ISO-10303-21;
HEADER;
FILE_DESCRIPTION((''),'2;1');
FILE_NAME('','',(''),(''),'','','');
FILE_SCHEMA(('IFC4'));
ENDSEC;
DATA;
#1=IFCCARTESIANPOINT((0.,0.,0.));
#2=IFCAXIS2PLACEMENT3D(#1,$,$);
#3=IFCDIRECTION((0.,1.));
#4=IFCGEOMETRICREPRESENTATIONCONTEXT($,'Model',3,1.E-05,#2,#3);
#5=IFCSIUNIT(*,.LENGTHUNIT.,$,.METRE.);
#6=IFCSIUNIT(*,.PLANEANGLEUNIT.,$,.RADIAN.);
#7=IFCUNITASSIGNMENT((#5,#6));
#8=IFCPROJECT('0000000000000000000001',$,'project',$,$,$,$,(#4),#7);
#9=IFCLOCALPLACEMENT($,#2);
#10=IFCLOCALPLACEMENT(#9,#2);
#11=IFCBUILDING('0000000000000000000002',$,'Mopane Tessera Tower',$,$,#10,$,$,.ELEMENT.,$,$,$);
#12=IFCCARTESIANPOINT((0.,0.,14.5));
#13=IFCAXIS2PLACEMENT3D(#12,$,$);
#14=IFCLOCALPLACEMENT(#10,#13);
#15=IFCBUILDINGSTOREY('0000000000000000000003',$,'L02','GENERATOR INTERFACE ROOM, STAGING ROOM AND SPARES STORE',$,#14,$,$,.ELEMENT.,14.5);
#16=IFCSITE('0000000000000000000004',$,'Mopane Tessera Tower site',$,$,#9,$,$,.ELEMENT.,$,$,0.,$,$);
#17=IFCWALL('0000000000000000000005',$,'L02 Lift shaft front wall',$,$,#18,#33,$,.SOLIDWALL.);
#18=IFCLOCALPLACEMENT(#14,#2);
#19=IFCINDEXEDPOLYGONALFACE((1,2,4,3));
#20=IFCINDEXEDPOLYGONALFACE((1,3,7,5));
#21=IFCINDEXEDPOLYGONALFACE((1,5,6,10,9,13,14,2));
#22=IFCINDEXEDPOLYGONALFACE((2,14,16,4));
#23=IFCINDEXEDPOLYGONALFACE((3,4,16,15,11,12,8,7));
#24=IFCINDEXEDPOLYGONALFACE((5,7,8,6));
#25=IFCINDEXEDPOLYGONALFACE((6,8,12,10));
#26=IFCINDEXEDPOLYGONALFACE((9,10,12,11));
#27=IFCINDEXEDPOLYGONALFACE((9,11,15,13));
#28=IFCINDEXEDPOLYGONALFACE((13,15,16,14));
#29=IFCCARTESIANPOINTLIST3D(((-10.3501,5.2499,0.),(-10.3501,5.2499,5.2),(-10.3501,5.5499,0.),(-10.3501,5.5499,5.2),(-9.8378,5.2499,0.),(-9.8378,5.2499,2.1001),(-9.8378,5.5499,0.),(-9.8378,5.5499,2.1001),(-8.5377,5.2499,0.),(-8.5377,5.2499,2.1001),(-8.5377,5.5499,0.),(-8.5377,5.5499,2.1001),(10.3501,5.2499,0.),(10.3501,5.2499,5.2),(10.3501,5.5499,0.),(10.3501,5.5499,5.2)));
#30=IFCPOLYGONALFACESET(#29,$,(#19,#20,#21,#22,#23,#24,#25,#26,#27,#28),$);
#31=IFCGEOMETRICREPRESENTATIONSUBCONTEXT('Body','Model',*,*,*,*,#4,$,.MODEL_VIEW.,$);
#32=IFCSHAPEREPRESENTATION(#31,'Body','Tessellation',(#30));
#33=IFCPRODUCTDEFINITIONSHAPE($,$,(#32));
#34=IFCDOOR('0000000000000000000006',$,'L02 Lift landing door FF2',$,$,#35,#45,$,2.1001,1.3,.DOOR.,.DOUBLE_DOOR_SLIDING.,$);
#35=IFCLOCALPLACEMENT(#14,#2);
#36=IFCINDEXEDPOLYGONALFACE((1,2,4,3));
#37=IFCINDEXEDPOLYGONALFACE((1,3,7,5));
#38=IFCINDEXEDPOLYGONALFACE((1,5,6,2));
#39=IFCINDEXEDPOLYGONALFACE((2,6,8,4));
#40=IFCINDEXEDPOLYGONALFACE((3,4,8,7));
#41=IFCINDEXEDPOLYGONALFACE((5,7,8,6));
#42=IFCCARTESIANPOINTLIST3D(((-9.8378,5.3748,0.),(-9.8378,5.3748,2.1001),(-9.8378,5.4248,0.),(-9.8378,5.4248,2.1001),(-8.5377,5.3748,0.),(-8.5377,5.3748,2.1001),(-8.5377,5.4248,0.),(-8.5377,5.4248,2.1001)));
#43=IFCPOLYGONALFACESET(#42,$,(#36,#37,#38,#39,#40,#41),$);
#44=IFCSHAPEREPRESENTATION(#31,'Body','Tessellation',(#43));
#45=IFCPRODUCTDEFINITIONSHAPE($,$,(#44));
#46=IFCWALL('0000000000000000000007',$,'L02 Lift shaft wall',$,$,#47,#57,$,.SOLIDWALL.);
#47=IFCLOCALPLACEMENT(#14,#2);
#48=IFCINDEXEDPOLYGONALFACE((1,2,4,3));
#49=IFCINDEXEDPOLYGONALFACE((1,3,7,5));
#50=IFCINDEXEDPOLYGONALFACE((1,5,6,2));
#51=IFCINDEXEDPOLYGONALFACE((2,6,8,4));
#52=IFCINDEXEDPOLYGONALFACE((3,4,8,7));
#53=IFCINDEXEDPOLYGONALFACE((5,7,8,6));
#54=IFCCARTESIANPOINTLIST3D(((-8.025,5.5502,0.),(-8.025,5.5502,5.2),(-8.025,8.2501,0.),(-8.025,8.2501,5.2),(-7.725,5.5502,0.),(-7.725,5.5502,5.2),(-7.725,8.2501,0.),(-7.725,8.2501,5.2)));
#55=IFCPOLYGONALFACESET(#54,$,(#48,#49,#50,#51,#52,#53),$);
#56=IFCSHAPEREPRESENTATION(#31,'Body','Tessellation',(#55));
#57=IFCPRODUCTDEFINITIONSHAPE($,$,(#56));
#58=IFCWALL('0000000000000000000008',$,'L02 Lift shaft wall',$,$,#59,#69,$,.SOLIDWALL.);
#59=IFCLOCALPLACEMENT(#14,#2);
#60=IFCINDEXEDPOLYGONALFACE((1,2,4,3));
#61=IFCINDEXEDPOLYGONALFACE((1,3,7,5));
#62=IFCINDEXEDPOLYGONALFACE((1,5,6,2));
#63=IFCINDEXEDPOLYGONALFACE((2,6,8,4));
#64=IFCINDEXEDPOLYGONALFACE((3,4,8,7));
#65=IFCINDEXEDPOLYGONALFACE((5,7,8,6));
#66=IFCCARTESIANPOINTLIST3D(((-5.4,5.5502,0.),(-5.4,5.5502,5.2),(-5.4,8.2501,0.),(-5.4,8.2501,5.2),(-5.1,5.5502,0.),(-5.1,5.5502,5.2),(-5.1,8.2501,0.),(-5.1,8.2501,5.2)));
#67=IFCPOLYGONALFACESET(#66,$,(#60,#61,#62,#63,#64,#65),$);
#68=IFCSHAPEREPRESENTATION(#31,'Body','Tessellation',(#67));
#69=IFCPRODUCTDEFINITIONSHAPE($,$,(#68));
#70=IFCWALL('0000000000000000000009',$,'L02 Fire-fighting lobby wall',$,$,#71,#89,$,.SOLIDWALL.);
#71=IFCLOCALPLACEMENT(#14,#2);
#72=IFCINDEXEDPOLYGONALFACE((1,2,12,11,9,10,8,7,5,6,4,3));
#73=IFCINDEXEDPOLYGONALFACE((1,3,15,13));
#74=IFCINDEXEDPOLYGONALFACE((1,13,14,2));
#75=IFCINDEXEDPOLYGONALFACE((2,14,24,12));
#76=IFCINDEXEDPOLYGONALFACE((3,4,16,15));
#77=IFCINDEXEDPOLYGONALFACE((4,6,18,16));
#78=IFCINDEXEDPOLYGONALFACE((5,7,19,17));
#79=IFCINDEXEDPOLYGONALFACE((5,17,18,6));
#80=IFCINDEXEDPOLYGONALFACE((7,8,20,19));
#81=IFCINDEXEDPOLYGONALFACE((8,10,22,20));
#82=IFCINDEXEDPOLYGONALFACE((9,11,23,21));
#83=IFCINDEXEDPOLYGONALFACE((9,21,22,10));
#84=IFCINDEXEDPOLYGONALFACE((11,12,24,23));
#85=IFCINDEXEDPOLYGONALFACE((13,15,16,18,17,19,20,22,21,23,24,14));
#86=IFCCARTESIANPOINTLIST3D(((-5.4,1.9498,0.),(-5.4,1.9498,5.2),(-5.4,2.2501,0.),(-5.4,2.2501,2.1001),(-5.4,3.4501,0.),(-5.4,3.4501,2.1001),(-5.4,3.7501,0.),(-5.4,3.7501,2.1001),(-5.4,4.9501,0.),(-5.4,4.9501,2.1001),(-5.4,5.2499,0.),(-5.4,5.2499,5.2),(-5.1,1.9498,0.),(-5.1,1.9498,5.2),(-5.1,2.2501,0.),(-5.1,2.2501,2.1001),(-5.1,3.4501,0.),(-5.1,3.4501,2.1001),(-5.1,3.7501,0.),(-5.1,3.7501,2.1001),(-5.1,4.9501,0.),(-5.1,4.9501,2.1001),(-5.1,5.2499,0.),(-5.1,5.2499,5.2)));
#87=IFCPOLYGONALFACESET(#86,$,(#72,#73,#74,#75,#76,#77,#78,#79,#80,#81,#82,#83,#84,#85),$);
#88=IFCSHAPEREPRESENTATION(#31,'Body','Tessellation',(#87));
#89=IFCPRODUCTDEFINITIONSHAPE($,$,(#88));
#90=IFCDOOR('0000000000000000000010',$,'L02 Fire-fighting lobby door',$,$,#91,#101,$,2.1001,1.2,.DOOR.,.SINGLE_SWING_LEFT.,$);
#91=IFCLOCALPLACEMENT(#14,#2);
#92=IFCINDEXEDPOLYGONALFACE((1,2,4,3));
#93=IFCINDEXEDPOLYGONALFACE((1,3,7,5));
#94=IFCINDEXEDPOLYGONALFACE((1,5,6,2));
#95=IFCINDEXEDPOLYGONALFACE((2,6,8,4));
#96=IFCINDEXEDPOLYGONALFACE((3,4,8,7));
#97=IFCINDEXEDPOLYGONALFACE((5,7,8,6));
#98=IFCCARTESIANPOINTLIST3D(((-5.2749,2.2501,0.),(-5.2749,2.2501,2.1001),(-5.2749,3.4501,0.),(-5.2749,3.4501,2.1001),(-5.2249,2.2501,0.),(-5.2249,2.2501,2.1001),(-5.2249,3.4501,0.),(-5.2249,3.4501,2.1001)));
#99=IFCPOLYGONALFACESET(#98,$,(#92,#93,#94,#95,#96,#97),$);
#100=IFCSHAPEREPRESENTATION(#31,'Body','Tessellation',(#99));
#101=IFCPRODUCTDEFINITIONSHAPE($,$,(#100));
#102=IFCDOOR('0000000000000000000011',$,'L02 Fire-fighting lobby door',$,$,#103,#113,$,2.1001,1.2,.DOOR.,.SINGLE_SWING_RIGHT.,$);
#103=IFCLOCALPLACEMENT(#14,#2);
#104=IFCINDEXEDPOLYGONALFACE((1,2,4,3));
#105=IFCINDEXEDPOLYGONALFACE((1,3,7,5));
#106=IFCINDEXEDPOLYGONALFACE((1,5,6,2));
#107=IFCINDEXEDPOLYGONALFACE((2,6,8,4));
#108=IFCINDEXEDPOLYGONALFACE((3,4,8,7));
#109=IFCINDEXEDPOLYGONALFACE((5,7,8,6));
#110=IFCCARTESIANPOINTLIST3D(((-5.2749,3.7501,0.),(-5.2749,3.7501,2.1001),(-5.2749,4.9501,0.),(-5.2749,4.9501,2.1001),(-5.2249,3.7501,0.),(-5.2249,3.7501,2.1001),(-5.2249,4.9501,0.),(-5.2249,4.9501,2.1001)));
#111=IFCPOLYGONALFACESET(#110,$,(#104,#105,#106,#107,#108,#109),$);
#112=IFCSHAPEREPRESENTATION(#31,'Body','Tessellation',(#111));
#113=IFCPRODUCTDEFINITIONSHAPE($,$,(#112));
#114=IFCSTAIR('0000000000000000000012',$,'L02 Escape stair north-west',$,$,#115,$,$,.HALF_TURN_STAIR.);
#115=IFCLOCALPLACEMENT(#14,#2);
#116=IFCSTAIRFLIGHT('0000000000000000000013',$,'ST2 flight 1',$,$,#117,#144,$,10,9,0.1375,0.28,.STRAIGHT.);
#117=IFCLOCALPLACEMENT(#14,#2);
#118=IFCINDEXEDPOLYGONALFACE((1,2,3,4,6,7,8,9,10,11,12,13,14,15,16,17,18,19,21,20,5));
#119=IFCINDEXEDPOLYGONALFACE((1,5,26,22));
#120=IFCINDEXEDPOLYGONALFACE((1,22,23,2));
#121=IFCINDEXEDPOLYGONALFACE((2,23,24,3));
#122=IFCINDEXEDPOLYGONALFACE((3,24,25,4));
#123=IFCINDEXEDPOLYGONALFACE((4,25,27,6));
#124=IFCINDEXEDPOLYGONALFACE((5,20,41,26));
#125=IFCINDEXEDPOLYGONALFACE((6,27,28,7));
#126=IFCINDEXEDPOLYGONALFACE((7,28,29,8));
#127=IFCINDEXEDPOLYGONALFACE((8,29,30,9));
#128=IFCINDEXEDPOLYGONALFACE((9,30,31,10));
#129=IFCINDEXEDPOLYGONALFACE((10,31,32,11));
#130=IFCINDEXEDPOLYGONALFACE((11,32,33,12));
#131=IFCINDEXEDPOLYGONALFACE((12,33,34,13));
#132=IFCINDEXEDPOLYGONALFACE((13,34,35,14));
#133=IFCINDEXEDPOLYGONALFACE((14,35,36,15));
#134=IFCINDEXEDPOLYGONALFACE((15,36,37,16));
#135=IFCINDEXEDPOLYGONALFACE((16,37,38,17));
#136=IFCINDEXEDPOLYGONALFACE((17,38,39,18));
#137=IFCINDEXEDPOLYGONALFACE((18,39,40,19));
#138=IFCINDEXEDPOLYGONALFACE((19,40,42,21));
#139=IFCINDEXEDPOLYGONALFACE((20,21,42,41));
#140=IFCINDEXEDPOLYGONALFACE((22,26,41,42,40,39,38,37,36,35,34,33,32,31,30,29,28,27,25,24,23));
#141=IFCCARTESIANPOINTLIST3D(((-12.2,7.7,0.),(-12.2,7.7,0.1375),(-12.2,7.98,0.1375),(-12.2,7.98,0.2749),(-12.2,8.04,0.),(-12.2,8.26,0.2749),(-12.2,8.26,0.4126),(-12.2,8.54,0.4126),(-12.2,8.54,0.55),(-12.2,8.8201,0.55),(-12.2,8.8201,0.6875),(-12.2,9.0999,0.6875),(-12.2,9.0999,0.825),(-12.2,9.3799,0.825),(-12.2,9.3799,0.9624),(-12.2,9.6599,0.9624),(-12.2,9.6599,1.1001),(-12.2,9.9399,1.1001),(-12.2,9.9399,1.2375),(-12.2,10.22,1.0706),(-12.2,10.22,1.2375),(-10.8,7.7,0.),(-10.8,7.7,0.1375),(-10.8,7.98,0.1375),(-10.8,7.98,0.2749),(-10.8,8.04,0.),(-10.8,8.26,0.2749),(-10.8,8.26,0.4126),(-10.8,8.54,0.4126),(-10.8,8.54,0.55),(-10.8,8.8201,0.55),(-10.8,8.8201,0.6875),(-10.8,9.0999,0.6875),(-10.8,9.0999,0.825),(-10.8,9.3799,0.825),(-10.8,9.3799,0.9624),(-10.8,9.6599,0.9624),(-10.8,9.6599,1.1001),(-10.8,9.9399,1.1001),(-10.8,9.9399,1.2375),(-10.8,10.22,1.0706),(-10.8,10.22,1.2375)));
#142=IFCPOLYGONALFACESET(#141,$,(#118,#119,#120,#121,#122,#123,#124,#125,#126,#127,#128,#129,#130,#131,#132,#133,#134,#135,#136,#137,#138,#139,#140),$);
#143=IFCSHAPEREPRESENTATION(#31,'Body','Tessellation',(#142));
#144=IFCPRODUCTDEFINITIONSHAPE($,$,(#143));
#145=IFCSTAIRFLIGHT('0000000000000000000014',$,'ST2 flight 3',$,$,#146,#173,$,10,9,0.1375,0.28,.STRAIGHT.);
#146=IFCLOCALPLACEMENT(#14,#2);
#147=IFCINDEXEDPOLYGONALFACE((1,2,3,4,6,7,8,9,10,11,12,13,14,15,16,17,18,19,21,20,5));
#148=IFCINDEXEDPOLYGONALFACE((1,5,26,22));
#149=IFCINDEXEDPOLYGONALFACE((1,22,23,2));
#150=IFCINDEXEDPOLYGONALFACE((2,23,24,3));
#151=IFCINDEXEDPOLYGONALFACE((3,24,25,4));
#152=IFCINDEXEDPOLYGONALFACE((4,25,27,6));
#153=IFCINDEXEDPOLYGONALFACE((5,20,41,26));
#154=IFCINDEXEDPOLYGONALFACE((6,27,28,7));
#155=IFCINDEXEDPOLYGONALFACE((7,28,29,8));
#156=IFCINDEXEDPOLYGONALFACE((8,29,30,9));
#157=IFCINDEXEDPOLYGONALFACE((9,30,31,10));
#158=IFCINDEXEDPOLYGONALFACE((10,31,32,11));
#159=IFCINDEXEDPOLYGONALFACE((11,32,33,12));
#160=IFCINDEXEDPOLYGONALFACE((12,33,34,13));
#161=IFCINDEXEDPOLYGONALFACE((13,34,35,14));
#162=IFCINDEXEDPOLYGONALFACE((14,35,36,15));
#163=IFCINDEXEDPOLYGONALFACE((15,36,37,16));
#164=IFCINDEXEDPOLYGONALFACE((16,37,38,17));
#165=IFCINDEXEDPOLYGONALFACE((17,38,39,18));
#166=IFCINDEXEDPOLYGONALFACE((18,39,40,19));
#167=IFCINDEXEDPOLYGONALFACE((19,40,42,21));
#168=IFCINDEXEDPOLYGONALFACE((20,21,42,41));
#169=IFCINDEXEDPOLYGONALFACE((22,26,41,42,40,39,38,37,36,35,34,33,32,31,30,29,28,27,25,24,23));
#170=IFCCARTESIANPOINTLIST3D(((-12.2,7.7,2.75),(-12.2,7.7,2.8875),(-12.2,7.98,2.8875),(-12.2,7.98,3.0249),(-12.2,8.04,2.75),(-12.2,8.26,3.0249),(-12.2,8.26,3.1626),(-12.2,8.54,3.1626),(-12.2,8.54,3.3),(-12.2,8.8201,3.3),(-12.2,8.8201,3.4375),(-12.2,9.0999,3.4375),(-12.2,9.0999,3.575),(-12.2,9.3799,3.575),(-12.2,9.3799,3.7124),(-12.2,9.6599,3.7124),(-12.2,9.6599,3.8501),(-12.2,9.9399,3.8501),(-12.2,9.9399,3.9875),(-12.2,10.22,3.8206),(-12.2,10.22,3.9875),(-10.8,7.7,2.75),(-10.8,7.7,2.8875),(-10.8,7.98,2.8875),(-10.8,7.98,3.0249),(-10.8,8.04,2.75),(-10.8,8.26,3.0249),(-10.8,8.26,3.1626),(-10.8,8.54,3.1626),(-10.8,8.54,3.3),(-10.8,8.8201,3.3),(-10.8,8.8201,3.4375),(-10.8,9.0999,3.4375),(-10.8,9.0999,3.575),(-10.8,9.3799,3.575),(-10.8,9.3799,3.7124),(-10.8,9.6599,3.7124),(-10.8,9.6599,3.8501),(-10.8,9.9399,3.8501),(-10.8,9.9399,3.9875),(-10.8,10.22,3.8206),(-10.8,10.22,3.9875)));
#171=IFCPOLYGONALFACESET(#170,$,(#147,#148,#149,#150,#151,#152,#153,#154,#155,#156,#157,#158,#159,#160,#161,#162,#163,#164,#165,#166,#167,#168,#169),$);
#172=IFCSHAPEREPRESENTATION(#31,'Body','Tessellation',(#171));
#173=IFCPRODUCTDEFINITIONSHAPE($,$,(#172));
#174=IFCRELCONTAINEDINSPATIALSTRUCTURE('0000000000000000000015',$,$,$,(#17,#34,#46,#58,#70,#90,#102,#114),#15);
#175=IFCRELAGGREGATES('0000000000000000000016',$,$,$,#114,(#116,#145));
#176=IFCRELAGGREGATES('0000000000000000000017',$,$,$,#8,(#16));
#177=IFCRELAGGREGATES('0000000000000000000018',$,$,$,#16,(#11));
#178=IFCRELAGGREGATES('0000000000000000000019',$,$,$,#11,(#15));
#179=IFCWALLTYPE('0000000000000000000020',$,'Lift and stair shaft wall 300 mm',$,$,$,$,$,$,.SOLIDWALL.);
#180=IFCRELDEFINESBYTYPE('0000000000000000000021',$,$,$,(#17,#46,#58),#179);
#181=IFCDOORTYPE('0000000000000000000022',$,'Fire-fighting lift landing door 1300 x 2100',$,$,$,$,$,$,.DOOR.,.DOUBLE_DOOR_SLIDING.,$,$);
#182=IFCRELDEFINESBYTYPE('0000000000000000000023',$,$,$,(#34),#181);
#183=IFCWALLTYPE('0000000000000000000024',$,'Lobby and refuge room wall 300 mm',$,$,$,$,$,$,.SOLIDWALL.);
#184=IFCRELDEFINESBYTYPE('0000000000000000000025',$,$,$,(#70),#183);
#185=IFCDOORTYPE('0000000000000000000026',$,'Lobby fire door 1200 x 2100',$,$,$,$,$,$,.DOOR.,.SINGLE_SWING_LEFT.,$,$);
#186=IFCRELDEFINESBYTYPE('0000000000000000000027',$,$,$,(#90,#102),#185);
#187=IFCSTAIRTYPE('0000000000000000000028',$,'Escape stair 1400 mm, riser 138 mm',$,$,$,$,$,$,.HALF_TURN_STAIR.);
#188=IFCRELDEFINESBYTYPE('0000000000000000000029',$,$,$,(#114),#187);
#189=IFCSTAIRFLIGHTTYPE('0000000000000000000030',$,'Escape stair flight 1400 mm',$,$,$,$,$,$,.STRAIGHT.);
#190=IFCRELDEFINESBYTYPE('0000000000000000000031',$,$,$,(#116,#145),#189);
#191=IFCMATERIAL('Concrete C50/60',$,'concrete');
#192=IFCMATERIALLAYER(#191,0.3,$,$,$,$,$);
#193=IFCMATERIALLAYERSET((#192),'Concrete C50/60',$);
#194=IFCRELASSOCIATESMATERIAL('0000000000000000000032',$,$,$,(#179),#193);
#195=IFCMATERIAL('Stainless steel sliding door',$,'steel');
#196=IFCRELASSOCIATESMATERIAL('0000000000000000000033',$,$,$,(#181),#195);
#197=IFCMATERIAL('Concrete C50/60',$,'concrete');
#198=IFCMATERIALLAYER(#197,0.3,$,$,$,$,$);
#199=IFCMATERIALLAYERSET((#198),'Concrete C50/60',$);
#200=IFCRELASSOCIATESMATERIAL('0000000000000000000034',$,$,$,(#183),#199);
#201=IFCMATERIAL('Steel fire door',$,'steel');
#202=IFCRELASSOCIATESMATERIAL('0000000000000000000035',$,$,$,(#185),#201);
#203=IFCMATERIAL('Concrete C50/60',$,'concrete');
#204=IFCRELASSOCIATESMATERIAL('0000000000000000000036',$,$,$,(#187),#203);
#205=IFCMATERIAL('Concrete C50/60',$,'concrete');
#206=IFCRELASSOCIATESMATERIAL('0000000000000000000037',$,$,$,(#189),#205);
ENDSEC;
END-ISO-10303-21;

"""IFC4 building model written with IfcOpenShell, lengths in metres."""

from ifc_helpers import new_model, si_unit, direction, frame, frame_2d, origin, place, context, subcontext, project, spatial, polyline, rectangle, outline, extrude, material, layer, layer_set, type_object, element, fill, aggregate, save


model = new_model("IFC4")

# Units and contexts
model_context = context("Model", 3, precision=1e-05, world=origin(), true_north=direction((0.0, 1.0)))
body_context = subcontext(model_context, "Body", "Model", "MODEL_VIEW")
ifc_project = project(units=[si_unit("LENGTHUNIT", "METRE"), si_unit("PLANEANGLEUNIT", "RADIAN")], contexts=[model_context])

# Site, building, storey
site_placement = place(None, origin())
site = spatial("IfcSite", under=ifc_project, at=site_placement, Name="Mopane Tessera Tower site", CompositionType="ELEMENT", RefElevation=0.0)
building_placement = place(site_placement, origin())
building = spatial("IfcBuilding", under=site, at=building_placement, Name="Mopane Tessera Tower", CompositionType="ELEMENT")
storey_placement = place(building_placement, frame((0.0, 0.0, 14.5)))
storey = spatial("IfcBuildingStorey", under=building, at=storey_placement, Name="L02", Description="GENERATOR INTERFACE ROOM, STAGING ROOM AND SPARES STORE", CompositionType="ELEMENT", Elevation=14.5)

# Shared definitions
ifc_material_1 = material(Name="Concrete C50/60", Category="concrete")
ifc_layer_1 = layer(ifc_material_1, 0.3)
ifc_layer_set_1 = layer_set([ifc_layer_1], Name="Concrete C50/60")
wall_type_1 = type_object("IfcWallType", Name="Lift and stair shaft wall 300 mm", PredefinedType="SOLIDWALL", material=ifc_layer_set_1)
ifc_material_2 = material(Name="Stainless steel sliding door", Category="steel")
door_type_1 = type_object("IfcDoorType", Name="Fire-fighting lift landing door 1300 x 2100", OperationType="DOUBLE_DOOR_SLIDING", PredefinedType="DOOR", material=ifc_material_2)

# Wall, opening, door
wall_1_placement = place(storey_placement, frame((-10.3501, 5.3999, 0.0), z_axis=(0.0, 0.0, 1.0), x_axis=(1.0, 0.0, 0.0)))
wall_1 = element("IfcWall", 1, at=wall_1_placement, inside=storey, type_object=wall_type_1, Name="L02 Lift shaft front wall", PredefinedType="SOLIDWALL", context=body_context, shape_type="SweptSolid", body=[
    extrude(rectangle(XDim=20.7002, YDim=0.3, at=frame_2d((10.3501, 0.0))), origin(), (0.0, 0.0, 1.0), 5.2),
])
opening_1_placement = place(wall_1_placement, frame((0.5125, 0.0, 0.0)))
opening_1 = element("IfcOpeningElement", 2, at=opening_1_placement, cuts=wall_1, PredefinedType="OPENING", context=body_context, shape_type="SweptSolid", body=[
    extrude(rectangle(XDim=1.3, YDim=2.1001, at=frame_2d((0.6499, 1.05))), frame((0.0, 0.1621, 0.0), z_axis=(0.0, -1.0, 0.0), x_axis=(1.0, 0.0, 0.0)), (0.0, 0.0, 1.0), 0.324),
])
door_1_placement = place(opening_1_placement, origin())
door_1 = element("IfcDoor", 3, at=door_1_placement, inside=storey, type_object=door_type_1, Name="L02 Lift landing door FF2", OperationType="DOUBLE_DOOR_SLIDING", OverallHeight=2.1001, OverallWidth=1.3, PredefinedType="DOOR", context=body_context, shape_type="SweptSolid", body=[
    extrude(rectangle(XDim=1.3, YDim=2.1001, at=frame_2d((0.6499, 1.05))), frame((0.0, 0.0249, 0.0), z_axis=(0.0, -1.0, 0.0), x_axis=(1.0, 0.0, 0.0)), (0.0, 0.0, 1.0), 0.05),
])
fill(opening_1, door_1)

# Walls
for number, where, z_axis, x_axis, name in (
    (4, (-7.875, 5.55, 0.0), (0.0, 0.0, 1.0), (0.0, 1.0, 0.0), "L02 Lift shaft wall"),
    (5, (-5.25, 5.55, 0.0), (0.0, 0.0, 1.0), (0.0, 1.0, 0.0), "L02 Lift shaft wall"),
):
    element("IfcWall", number, at=place(storey_placement, frame(where, z_axis=z_axis, x_axis=x_axis)), inside=storey, type_object=wall_type_1, Name=name, PredefinedType="SOLIDWALL", context=body_context, shape_type="SweptSolid", body=[
        extrude(rectangle(XDim=2.7, YDim=0.3, at=frame_2d((1.3501, 0.0))), origin(), (0.0, 0.0, 1.0), 5.2),
    ])

# Wall, openings, doors
ifc_material_3 = material(Name="Concrete C50/60", Category="concrete")
ifc_layer_2 = layer(ifc_material_3, 0.3)
ifc_layer_set_2 = layer_set([ifc_layer_2], Name="Concrete C50/60")
wall_type_2 = type_object("IfcWallType", Name="Lobby and refuge room wall 300 mm", PredefinedType="SOLIDWALL", material=ifc_layer_set_2)
wall_2_placement = place(storey_placement, frame((-5.25, 1.95, 0.0), z_axis=(0.0, 0.0, 1.0), x_axis=(0.0, 1.0, 0.0)))
wall_2 = element("IfcWall", 6, at=wall_2_placement, inside=storey, type_object=wall_type_2, Name="L02 Fire-fighting lobby wall", PredefinedType="SOLIDWALL", context=body_context, shape_type="SweptSolid", body=[
    extrude(rectangle(XDim=3.3, YDim=0.3, at=frame_2d((1.6499, 0.0))), origin(), (0.0, 0.0, 1.0), 5.2),
])
opening_2_placement = place(wall_2_placement, frame((0.3, 0.0, 0.0)))
opening_2 = element("IfcOpeningElement", 7, at=opening_2_placement, cuts=wall_2, PredefinedType="OPENING", context=body_context, shape_type="SweptSolid", body=[
    extrude(rectangle(XDim=1.2, YDim=2.1001, at=frame_2d((0.6001, 1.05))), frame((0.0, 0.1621, 0.0), z_axis=(0.0, -1.0, 0.0), x_axis=(1.0, 0.0, 0.0)), (0.0, 0.0, 1.0), 0.324),
])
opening_3_placement = place(wall_2_placement, frame((1.8, 0.0, 0.0)))
opening_3 = element("IfcOpeningElement", 8, at=opening_3_placement, cuts=wall_2, PredefinedType="OPENING", context=body_context, shape_type="SweptSolid", body=[
    extrude(rectangle(XDim=1.2, YDim=2.1001, at=frame_2d((0.6001, 1.05))), frame((0.0, 0.1621, 0.0), z_axis=(0.0, -1.0, 0.0), x_axis=(1.0, 0.0, 0.0)), (0.0, 0.0, 1.0), 0.324),
])
ifc_material_4 = material(Name="Steel fire door", Category="steel")
door_type_2 = type_object("IfcDoorType", Name="Lobby fire door 1200 x 2100", OperationType="SINGLE_SWING_LEFT", PredefinedType="DOOR", material=ifc_material_4)
door_2_placement = place(opening_2_placement, origin())
door_2 = element("IfcDoor", 9, at=door_2_placement, inside=storey, type_object=door_type_2, Name="L02 Fire-fighting lobby door", OperationType="SINGLE_SWING_LEFT", OverallHeight=2.1001, OverallWidth=1.2, PredefinedType="DOOR", context=body_context, shape_type="SweptSolid", body=[
    extrude(rectangle(XDim=1.2, YDim=2.1001, at=frame_2d((0.6001, 1.05))), frame((0.0, 0.0249, 0.0), z_axis=(0.0, -1.0, 0.0), x_axis=(1.0, 0.0, 0.0)), (0.0, 0.0, 1.0), 0.05),
])
fill(opening_2, door_2)
door_3_placement = place(opening_3_placement, origin())
door_3 = element("IfcDoor", 10, at=door_3_placement, inside=storey, type_object=door_type_2, Name="L02 Fire-fighting lobby door", OperationType="SINGLE_SWING_RIGHT", OverallHeight=2.1001, OverallWidth=1.2, PredefinedType="DOOR", context=body_context, shape_type="SweptSolid", body=[
    extrude(rectangle(XDim=1.2, YDim=2.1001, at=frame_2d((0.6001, 1.05))), frame((0.0, 0.0249, 0.0), z_axis=(0.0, -1.0, 0.0), x_axis=(1.0, 0.0, 0.0)), (0.0, 0.0, 1.0), 0.05),
])
fill(opening_3, door_3)

# Stair, stair flights
ifc_material_5 = material(Name="Concrete C50/60", Category="concrete")
stair_type = type_object("IfcStairType", Name="Escape stair 1400 mm, riser 138 mm", PredefinedType="HALF_TURN_STAIR", material=ifc_material_5)
stair_placement = place(storey_placement, origin())
stair = element("IfcStair", 11, at=stair_placement, inside=storey, type_object=stair_type, Name="L02 Escape stair north-west", PredefinedType="HALF_TURN_STAIR")
ifc_material_6 = material(Name="Concrete C50/60", Category="concrete")
stair_flight_type = type_object("IfcStairFlightType", Name="Escape stair flight 1400 mm", PredefinedType="STRAIGHT", material=ifc_material_6)
stair_flight_1_placement = place(storey_placement, frame((-11.5, 7.7, 0.0), z_axis=(0.0, 0.0, 1.0), x_axis=(0.0, 1.0, 0.0)))
stair_flight_1 = element("IfcStairFlight", 12, at=stair_flight_1_placement, type_object=stair_flight_type, Name="ST2 flight 1", NumberOfRisers=10, NumberOfTreads=9, PredefinedType="STRAIGHT", RiserHeight=0.1375, TreadLength=0.28, context=body_context, shape_type="SweptSolid", body=[
    extrude(outline(polyline([(0.0, 0.0), (0.0, 0.1375), (0.28, 0.1375), (0.28, 0.2749), (0.5601, 0.2749), (0.5601, 0.4126), (0.8401, 0.4126), (0.8401, 0.55), (1.1201, 0.55), (1.1201, 0.6875), (1.3999, 0.6875), (1.3999, 0.825), (1.6799, 0.825), (1.6799, 0.9624), (1.96, 0.9624), (1.96, 1.1001), (2.24, 1.1001), (2.24, 1.2375), (2.52, 1.2375), (2.52, 1.375), (2.52, 1.0706), (0.3401, 0.0), (0.0, 0.0)])), frame((0.0, 0.7, 0.0), z_axis=(0.0, -1.0, 0.0), x_axis=(1.0, 0.0, 0.0)), (0.0, 0.0, 1.0), 1.3999),
])
stair_flight_2_placement = place(storey_placement, frame((-11.5, 7.7, 2.75), z_axis=(0.0, 0.0, 1.0), x_axis=(0.0, 1.0, 0.0)))
stair_flight_2 = element("IfcStairFlight", 13, at=stair_flight_2_placement, type_object=stair_flight_type, Name="ST2 flight 3", NumberOfRisers=10, NumberOfTreads=9, PredefinedType="STRAIGHT", RiserHeight=0.1375, TreadLength=0.28, context=body_context, shape_type="SweptSolid", body=[
    extrude(outline(polyline([(0.0, 0.0), (0.0, 0.1375), (0.28, 0.1375), (0.28, 0.2749), (0.5601, 0.2749), (0.5601, 0.4126), (0.8401, 0.4126), (0.8401, 0.55), (1.1201, 0.55), (1.1201, 0.6875), (1.3999, 0.6875), (1.3999, 0.825), (1.6799, 0.825), (1.6799, 0.9624), (1.96, 0.9624), (1.96, 1.1001), (2.24, 1.1001), (2.24, 1.2375), (2.52, 1.2375), (2.52, 1.375), (2.52, 1.0706), (0.3401, 0.0), (0.0, 0.0)])), frame((0.0, 0.7, 0.0), z_axis=(0.0, -1.0, 0.0), x_axis=(1.0, 0.0, 0.0)), (0.0, 0.0, 1.0), 1.3999),
])
aggregate(stair, [stair_flight_1, stair_flight_2])

save(model, "model.ifc")
